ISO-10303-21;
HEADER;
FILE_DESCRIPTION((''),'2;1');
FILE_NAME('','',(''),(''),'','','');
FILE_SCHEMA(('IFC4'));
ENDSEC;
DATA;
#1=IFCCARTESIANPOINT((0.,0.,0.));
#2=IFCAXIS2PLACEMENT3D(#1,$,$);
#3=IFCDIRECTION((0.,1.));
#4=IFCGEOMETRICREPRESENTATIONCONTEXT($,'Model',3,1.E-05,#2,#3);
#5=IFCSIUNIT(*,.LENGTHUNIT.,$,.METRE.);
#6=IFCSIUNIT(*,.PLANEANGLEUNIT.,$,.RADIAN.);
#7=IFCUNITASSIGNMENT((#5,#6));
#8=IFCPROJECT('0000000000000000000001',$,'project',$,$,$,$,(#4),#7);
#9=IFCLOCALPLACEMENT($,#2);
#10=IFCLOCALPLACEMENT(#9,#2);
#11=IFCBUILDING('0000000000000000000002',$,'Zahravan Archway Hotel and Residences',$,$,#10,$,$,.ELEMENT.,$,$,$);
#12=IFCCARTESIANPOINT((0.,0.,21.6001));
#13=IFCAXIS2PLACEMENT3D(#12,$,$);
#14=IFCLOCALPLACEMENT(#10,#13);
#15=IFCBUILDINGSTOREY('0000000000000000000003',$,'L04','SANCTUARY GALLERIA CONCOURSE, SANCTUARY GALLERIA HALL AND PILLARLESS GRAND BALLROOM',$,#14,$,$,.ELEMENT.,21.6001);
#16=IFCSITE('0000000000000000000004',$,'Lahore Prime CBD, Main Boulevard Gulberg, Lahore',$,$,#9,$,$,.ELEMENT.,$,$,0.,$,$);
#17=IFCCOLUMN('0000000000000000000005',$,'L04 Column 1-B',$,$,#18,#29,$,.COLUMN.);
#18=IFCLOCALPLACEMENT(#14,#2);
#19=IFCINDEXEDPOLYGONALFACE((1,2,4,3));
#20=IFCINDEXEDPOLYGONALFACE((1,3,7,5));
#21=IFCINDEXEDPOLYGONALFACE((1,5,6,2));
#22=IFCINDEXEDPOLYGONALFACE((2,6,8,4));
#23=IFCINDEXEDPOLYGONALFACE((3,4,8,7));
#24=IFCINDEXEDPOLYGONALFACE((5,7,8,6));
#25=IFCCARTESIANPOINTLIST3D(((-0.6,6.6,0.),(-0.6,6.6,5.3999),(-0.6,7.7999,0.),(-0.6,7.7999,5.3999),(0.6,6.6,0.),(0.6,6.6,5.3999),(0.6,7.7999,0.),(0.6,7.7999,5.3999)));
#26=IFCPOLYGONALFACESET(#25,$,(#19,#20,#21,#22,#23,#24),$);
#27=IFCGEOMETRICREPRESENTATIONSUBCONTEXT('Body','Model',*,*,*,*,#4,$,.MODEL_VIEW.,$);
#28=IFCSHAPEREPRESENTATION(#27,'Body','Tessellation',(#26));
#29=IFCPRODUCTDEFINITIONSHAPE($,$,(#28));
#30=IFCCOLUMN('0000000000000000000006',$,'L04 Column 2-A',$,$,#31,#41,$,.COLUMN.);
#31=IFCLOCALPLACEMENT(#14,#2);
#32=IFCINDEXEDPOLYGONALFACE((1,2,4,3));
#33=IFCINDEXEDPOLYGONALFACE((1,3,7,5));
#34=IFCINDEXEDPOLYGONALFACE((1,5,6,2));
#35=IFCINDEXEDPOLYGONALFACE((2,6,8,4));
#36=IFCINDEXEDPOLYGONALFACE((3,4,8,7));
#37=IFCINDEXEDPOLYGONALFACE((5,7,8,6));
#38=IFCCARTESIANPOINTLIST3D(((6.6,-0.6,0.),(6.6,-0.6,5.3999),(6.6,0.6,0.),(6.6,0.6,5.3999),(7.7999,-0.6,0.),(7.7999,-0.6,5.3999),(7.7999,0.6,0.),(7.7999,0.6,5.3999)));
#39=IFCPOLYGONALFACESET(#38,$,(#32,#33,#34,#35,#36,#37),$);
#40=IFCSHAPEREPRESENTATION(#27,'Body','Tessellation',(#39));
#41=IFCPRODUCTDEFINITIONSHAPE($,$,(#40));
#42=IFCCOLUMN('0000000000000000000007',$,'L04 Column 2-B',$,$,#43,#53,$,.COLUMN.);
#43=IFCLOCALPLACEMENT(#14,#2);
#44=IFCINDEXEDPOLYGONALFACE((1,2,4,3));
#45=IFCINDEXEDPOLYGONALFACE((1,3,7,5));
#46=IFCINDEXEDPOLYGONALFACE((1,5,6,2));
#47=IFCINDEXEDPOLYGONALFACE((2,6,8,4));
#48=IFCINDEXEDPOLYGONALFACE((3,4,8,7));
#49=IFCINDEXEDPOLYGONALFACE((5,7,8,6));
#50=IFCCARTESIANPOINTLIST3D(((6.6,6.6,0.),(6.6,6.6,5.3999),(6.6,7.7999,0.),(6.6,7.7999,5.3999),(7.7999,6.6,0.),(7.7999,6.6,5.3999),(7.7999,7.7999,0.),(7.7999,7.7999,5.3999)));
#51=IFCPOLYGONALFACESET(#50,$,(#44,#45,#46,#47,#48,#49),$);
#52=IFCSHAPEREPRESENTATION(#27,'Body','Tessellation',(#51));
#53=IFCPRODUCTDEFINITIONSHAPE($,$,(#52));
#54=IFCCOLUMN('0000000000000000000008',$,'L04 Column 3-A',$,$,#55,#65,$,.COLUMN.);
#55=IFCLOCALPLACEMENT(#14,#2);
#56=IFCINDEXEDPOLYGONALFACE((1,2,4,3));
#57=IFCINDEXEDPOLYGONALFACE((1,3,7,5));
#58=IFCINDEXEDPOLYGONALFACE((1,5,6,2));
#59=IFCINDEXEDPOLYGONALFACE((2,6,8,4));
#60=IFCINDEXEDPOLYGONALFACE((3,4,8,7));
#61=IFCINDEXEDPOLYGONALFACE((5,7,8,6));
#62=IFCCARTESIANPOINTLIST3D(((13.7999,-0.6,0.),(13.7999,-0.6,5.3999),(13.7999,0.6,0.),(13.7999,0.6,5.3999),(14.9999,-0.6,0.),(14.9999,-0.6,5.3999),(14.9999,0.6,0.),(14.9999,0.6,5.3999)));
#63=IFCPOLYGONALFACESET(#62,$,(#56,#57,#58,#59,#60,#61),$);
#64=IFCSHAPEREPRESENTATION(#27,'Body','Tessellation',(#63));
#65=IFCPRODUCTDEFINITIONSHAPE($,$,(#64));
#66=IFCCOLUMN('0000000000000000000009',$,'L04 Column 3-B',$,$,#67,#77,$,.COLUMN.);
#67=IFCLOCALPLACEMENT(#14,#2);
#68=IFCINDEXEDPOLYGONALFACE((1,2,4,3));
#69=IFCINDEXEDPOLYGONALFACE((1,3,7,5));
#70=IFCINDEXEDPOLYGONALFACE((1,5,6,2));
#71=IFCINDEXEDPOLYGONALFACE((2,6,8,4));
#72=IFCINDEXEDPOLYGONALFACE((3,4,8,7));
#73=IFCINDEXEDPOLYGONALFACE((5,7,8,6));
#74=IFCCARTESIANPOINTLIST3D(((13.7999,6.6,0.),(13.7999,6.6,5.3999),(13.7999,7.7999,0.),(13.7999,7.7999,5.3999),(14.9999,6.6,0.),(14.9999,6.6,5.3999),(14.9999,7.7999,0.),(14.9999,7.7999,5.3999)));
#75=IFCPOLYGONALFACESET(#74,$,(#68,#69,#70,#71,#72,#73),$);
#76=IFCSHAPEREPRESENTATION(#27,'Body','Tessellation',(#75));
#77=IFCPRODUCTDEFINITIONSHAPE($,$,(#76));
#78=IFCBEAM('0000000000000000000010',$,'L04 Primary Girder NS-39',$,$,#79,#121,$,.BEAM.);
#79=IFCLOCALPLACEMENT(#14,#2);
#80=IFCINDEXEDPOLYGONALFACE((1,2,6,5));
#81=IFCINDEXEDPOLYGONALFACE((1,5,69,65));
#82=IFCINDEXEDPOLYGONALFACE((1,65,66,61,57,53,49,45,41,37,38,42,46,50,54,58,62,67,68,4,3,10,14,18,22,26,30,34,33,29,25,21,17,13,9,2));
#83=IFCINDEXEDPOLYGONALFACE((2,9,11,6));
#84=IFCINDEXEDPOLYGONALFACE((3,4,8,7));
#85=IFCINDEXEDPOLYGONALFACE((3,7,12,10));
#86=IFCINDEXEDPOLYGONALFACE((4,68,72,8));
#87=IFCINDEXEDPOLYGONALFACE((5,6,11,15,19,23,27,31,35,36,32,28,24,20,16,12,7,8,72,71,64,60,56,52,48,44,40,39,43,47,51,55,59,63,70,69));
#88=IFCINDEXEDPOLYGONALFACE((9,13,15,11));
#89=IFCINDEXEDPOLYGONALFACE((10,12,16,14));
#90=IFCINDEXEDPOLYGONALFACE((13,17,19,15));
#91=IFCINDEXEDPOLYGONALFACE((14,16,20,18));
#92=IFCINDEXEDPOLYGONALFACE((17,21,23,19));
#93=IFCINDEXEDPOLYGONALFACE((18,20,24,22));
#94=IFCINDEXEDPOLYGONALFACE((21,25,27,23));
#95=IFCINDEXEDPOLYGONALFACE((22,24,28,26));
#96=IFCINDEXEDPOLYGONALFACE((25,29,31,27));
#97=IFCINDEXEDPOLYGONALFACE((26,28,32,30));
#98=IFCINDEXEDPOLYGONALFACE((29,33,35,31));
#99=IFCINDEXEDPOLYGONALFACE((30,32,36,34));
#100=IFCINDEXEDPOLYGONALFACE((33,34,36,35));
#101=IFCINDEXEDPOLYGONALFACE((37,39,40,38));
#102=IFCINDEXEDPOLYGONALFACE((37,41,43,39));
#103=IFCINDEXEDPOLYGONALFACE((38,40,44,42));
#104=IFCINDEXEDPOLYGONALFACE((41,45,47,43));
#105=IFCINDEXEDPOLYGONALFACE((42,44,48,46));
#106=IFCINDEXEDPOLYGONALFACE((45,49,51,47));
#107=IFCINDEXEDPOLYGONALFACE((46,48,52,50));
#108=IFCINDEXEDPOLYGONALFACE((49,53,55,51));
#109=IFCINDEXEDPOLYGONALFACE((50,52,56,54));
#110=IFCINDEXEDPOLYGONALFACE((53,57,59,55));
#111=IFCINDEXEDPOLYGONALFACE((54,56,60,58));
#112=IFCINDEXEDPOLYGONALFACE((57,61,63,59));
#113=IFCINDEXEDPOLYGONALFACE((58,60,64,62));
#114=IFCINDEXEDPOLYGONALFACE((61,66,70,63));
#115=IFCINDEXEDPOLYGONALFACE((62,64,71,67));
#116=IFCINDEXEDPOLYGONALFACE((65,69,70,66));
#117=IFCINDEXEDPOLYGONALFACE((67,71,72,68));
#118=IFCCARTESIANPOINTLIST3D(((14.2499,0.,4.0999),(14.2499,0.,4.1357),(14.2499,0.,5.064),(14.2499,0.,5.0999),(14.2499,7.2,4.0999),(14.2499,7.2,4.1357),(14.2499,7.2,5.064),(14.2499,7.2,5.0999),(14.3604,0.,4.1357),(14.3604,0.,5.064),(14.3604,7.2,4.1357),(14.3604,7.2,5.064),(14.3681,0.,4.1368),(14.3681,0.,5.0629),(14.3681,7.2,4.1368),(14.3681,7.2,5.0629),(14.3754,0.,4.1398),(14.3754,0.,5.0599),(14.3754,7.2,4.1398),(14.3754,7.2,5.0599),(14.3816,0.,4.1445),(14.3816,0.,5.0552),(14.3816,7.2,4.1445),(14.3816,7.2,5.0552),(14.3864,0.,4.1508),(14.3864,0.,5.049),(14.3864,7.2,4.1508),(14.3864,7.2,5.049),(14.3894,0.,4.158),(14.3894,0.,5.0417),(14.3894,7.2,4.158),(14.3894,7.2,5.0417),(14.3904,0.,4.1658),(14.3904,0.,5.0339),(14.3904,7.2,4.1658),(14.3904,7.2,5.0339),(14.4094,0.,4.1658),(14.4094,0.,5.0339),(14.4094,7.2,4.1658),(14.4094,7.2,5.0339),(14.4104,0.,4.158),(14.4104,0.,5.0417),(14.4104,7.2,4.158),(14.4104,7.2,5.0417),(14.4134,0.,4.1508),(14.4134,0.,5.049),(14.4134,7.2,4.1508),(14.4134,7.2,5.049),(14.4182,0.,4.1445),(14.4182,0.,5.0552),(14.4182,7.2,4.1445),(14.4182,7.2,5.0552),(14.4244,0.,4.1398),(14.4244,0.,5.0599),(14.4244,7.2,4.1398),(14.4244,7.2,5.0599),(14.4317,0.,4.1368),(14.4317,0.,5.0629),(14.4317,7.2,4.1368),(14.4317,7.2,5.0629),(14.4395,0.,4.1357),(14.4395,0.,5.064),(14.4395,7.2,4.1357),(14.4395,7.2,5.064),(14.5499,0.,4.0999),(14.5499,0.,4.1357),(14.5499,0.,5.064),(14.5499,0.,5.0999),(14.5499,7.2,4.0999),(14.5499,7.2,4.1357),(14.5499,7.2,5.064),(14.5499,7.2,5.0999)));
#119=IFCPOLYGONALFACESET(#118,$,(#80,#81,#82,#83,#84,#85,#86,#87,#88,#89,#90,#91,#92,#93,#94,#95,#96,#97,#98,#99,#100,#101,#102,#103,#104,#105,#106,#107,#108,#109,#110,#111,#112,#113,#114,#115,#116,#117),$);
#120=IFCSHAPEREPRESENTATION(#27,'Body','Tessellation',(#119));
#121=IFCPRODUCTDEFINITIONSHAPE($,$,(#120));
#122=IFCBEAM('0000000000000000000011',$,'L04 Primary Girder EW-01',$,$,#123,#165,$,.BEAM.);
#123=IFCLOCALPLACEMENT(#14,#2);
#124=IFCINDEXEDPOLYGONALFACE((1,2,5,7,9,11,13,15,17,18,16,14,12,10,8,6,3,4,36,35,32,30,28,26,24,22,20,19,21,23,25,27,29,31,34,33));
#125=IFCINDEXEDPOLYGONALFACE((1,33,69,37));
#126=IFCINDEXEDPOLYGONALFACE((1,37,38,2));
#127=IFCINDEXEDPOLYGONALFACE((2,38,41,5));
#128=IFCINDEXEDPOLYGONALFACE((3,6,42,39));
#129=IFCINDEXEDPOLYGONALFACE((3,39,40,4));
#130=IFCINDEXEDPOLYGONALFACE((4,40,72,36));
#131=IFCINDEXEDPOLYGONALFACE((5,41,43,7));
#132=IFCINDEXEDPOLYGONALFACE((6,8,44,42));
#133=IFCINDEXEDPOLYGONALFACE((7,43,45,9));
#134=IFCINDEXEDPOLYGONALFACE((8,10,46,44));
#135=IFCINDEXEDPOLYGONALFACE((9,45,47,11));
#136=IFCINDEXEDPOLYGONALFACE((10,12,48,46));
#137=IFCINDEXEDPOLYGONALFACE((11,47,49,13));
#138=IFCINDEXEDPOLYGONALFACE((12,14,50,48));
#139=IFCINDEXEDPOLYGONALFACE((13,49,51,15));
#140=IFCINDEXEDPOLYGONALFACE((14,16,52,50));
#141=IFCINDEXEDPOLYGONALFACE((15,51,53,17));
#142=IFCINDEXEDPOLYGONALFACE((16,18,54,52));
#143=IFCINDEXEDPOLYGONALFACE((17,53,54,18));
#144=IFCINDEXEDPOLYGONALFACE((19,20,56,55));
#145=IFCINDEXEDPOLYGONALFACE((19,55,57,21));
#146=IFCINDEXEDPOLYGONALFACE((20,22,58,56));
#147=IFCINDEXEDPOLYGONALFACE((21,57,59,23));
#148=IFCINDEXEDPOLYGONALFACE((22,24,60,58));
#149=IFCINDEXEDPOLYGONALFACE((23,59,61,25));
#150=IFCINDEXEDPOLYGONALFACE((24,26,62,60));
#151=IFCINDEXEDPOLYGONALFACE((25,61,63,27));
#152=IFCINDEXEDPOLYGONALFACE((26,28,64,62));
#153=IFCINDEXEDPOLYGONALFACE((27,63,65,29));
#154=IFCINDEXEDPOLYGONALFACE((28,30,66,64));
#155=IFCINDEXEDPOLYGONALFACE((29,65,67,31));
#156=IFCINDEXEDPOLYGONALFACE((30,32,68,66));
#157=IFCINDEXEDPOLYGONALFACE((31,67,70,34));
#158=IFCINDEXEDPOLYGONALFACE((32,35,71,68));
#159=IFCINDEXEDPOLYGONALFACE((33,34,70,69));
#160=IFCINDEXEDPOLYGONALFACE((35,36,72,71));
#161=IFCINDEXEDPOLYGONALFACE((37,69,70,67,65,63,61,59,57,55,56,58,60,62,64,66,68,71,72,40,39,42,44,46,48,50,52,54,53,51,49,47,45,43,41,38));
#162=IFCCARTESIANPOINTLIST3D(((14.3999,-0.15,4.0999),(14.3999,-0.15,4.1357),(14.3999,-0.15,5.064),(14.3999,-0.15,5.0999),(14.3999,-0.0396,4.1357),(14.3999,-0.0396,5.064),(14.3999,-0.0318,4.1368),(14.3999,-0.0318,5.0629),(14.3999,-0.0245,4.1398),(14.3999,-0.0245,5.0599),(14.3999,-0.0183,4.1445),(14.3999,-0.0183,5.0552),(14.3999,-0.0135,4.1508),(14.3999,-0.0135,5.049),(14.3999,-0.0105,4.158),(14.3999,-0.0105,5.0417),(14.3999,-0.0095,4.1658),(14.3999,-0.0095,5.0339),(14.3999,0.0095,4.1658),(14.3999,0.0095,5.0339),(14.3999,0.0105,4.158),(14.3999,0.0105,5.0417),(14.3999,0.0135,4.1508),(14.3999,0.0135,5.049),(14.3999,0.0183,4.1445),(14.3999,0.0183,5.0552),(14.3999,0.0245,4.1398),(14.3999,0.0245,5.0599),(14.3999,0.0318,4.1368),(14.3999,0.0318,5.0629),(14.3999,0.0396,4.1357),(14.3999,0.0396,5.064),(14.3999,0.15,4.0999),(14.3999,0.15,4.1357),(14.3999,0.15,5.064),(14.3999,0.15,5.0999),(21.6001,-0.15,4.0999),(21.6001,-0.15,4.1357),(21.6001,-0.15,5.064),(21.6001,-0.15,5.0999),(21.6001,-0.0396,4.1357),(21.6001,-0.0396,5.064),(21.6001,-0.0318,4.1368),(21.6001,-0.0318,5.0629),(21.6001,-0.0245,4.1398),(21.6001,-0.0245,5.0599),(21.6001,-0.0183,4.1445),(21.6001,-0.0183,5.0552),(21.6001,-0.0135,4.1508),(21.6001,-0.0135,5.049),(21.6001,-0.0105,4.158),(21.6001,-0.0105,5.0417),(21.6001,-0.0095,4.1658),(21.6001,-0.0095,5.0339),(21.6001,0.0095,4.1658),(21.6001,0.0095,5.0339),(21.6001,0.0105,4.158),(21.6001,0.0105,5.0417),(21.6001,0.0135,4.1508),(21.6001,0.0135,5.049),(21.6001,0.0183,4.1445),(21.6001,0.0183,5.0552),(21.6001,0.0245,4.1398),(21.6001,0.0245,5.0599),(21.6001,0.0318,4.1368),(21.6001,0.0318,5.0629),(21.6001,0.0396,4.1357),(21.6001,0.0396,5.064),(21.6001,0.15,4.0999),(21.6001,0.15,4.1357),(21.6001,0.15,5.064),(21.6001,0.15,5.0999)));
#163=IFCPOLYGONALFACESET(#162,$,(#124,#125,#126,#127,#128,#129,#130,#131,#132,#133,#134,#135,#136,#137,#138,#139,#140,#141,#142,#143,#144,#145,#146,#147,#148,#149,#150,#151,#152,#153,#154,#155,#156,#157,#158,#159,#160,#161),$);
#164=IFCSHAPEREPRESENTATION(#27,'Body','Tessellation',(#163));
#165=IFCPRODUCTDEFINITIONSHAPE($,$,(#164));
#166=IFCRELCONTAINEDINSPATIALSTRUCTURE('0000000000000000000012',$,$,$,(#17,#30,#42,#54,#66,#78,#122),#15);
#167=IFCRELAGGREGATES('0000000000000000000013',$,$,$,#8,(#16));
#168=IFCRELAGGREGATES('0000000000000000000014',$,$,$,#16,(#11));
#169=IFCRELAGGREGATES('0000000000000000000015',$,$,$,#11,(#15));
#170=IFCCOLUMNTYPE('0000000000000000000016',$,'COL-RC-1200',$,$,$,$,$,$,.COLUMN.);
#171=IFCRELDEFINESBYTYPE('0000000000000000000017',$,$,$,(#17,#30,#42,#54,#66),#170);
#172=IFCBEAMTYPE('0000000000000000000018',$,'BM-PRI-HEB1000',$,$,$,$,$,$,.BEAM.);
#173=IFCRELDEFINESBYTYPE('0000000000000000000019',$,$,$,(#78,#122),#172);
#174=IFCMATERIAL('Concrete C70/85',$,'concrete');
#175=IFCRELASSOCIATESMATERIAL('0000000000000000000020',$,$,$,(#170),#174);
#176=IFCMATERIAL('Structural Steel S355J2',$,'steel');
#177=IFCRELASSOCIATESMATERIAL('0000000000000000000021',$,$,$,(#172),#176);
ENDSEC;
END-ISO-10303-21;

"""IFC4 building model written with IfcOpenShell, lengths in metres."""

from ifc_helpers import new_model, si_unit, direction, frame, origin, origin_2d, place, context, subcontext, project, spatial, rectangle, i_section, extrude, source, transform, mapped, material, material_profile, profile_set, type_object, element, save


model = new_model("IFC4")

# Units and contexts
model_context = context("Model", 3, precision=1e-05, world=origin(), true_north=direction((0.0, 1.0)))
body_context = subcontext(model_context, "Body", "Model", "MODEL_VIEW")
ifc_project = project(units=[si_unit("LENGTHUNIT", "METRE"), si_unit("PLANEANGLEUNIT", "RADIAN")], contexts=[model_context])

# Site, building, storey
site_placement = place(None, origin())
site = spatial("IfcSite", under=ifc_project, at=site_placement, Name="Lahore Prime CBD, Main Boulevard Gulberg, Lahore", CompositionType="ELEMENT", RefElevation=0.0)
building_placement = place(site_placement, origin())
building = spatial("IfcBuilding", under=site, at=building_placement, Name="Zahravan Archway Hotel and Residences", CompositionType="ELEMENT")
storey_placement = place(building_placement, frame((0.0, 0.0, 21.6001)))
storey = spatial("IfcBuildingStorey", under=building, at=storey_placement, Name="L04", Description="SANCTUARY GALLERIA CONCOURSE, SANCTUARY GALLERIA HALL AND PILLARLESS GRAND BALLROOM", CompositionType="ELEMENT", Elevation=21.6001)

# Columns
ifc_material_1 = material(Name="Concrete C70/85", Category="concrete")
ifc_material_profile_1 = material_profile(ifc_material_1, rectangle(XDim=1.2, YDim=1.2, at=origin_2d()), Name="RC-COL-1200x1200", Category="concrete")
ifc_profile_set_1 = profile_set([ifc_material_profile_1], Name="Concrete C70/85")
column_type = type_object("IfcColumnType", Name="COL-RC-1200", PredefinedType="COLUMN", material=ifc_profile_set_1)
shared_shape_1 = source(origin(), body_context, "Body", "SweptSolid", [
    extrude(rectangle(XDim=1.2, YDim=1.2, at=origin_2d()), origin(), (0.0, 0.0, 1.0), 5.3999),
])
for number, where, z_axis, x_axis, name in (
    (1, (0.0, 7.2, 0.0), (0.0, 0.0, 1.0), (1.0, 0.0, 0.0), "L04 Column 1-B"),
    (2, (7.2, 0.0, 0.0), (0.0, 0.0, 1.0), (1.0, 0.0, 0.0), "L04 Column 2-A"),
    (3, (7.2, 7.2, 0.0), (0.0, 0.0, 1.0), (1.0, 0.0, 0.0), "L04 Column 2-B"),
    (4, (14.3999, 0.0, 0.0), (0.0, 0.0, 1.0), (1.0, 0.0, 0.0), "L04 Column 3-A"),
    (5, (14.3999, 7.2, 0.0), (0.0, 0.0, 1.0), (1.0, 0.0, 0.0), "L04 Column 3-B"),
):
    element("IfcColumn", number, at=place(storey_placement, frame(where, z_axis=z_axis, x_axis=x_axis)), inside=storey, type_object=column_type, Name=name, PredefinedType="COLUMN", context=body_context, shape_type="MappedRepresentation", body=[
        mapped(shared_shape_1, transform((0.0, 0.0, 0.0), scale=1.0)),
    ])

# Beams
ifc_material_2 = material(Name="Structural Steel S355J2", Category="steel")
ifc_material_profile_2 = material_profile(ifc_material_2, i_section(OverallWidth=0.3, OverallDepth=1.0, WebThickness=0.019, FlangeThickness=0.0359, FilletRadius=0.03, at=origin_2d()), Name="HEB 1000", Category="steel")
ifc_profile_set_2 = profile_set([ifc_material_profile_2], Name="Structural Steel S355J2")
beam_type_1 = type_object("IfcBeamType", Name="BM-PRI-HEB1000", PredefinedType="BEAM", material=ifc_profile_set_2)
shared_shape_2 = source(origin(), body_context, "Body", "SweptSolid", [
    extrude(i_section(OverallWidth=0.3, OverallDepth=1.0, WebThickness=0.019, FlangeThickness=0.0359, FilletRadius=0.03, at=origin_2d()), origin(), (0.0, 0.0, 1.0), 7.2),
])
beam_1_placement = place(storey_placement, frame((14.3999, 0.0, 4.5999), z_axis=(0.0, 1.0, 0.0), x_axis=(-1.0, 0.0, 0.0)))
element("IfcBeam", 6, at=beam_1_placement, inside=storey, type_object=beam_type_1, Name="L04 Primary Girder NS-39", PredefinedType="BEAM", context=body_context, shape_type="MappedRepresentation", body=[
    mapped(shared_shape_2, transform((0.0, 0.0, 0.0), scale=1.0)),
])
shared_shape_3 = source(origin(), body_context, "Body", "SweptSolid", [
    extrude(i_section(OverallWidth=0.3, OverallDepth=1.0, WebThickness=0.019, FlangeThickness=0.0359, FilletRadius=0.03, at=origin_2d()), origin(), (0.0, 0.0, 1.0), 7.2002),
])
beam_2_placement = place(storey_placement, frame((14.3999, 0.0, 4.5999), z_axis=(1.0, 0.0, 0.0), x_axis=(0.0, 1.0, 0.0)))
element("IfcBeam", 7, at=beam_2_placement, inside=storey, type_object=beam_type_1, Name="L04 Primary Girder EW-01", PredefinedType="BEAM", context=body_context, shape_type="MappedRepresentation", body=[
    mapped(shared_shape_3, transform((0.0, 0.0, 0.0), scale=1.0)),
])

save(model, "model.ifc")
